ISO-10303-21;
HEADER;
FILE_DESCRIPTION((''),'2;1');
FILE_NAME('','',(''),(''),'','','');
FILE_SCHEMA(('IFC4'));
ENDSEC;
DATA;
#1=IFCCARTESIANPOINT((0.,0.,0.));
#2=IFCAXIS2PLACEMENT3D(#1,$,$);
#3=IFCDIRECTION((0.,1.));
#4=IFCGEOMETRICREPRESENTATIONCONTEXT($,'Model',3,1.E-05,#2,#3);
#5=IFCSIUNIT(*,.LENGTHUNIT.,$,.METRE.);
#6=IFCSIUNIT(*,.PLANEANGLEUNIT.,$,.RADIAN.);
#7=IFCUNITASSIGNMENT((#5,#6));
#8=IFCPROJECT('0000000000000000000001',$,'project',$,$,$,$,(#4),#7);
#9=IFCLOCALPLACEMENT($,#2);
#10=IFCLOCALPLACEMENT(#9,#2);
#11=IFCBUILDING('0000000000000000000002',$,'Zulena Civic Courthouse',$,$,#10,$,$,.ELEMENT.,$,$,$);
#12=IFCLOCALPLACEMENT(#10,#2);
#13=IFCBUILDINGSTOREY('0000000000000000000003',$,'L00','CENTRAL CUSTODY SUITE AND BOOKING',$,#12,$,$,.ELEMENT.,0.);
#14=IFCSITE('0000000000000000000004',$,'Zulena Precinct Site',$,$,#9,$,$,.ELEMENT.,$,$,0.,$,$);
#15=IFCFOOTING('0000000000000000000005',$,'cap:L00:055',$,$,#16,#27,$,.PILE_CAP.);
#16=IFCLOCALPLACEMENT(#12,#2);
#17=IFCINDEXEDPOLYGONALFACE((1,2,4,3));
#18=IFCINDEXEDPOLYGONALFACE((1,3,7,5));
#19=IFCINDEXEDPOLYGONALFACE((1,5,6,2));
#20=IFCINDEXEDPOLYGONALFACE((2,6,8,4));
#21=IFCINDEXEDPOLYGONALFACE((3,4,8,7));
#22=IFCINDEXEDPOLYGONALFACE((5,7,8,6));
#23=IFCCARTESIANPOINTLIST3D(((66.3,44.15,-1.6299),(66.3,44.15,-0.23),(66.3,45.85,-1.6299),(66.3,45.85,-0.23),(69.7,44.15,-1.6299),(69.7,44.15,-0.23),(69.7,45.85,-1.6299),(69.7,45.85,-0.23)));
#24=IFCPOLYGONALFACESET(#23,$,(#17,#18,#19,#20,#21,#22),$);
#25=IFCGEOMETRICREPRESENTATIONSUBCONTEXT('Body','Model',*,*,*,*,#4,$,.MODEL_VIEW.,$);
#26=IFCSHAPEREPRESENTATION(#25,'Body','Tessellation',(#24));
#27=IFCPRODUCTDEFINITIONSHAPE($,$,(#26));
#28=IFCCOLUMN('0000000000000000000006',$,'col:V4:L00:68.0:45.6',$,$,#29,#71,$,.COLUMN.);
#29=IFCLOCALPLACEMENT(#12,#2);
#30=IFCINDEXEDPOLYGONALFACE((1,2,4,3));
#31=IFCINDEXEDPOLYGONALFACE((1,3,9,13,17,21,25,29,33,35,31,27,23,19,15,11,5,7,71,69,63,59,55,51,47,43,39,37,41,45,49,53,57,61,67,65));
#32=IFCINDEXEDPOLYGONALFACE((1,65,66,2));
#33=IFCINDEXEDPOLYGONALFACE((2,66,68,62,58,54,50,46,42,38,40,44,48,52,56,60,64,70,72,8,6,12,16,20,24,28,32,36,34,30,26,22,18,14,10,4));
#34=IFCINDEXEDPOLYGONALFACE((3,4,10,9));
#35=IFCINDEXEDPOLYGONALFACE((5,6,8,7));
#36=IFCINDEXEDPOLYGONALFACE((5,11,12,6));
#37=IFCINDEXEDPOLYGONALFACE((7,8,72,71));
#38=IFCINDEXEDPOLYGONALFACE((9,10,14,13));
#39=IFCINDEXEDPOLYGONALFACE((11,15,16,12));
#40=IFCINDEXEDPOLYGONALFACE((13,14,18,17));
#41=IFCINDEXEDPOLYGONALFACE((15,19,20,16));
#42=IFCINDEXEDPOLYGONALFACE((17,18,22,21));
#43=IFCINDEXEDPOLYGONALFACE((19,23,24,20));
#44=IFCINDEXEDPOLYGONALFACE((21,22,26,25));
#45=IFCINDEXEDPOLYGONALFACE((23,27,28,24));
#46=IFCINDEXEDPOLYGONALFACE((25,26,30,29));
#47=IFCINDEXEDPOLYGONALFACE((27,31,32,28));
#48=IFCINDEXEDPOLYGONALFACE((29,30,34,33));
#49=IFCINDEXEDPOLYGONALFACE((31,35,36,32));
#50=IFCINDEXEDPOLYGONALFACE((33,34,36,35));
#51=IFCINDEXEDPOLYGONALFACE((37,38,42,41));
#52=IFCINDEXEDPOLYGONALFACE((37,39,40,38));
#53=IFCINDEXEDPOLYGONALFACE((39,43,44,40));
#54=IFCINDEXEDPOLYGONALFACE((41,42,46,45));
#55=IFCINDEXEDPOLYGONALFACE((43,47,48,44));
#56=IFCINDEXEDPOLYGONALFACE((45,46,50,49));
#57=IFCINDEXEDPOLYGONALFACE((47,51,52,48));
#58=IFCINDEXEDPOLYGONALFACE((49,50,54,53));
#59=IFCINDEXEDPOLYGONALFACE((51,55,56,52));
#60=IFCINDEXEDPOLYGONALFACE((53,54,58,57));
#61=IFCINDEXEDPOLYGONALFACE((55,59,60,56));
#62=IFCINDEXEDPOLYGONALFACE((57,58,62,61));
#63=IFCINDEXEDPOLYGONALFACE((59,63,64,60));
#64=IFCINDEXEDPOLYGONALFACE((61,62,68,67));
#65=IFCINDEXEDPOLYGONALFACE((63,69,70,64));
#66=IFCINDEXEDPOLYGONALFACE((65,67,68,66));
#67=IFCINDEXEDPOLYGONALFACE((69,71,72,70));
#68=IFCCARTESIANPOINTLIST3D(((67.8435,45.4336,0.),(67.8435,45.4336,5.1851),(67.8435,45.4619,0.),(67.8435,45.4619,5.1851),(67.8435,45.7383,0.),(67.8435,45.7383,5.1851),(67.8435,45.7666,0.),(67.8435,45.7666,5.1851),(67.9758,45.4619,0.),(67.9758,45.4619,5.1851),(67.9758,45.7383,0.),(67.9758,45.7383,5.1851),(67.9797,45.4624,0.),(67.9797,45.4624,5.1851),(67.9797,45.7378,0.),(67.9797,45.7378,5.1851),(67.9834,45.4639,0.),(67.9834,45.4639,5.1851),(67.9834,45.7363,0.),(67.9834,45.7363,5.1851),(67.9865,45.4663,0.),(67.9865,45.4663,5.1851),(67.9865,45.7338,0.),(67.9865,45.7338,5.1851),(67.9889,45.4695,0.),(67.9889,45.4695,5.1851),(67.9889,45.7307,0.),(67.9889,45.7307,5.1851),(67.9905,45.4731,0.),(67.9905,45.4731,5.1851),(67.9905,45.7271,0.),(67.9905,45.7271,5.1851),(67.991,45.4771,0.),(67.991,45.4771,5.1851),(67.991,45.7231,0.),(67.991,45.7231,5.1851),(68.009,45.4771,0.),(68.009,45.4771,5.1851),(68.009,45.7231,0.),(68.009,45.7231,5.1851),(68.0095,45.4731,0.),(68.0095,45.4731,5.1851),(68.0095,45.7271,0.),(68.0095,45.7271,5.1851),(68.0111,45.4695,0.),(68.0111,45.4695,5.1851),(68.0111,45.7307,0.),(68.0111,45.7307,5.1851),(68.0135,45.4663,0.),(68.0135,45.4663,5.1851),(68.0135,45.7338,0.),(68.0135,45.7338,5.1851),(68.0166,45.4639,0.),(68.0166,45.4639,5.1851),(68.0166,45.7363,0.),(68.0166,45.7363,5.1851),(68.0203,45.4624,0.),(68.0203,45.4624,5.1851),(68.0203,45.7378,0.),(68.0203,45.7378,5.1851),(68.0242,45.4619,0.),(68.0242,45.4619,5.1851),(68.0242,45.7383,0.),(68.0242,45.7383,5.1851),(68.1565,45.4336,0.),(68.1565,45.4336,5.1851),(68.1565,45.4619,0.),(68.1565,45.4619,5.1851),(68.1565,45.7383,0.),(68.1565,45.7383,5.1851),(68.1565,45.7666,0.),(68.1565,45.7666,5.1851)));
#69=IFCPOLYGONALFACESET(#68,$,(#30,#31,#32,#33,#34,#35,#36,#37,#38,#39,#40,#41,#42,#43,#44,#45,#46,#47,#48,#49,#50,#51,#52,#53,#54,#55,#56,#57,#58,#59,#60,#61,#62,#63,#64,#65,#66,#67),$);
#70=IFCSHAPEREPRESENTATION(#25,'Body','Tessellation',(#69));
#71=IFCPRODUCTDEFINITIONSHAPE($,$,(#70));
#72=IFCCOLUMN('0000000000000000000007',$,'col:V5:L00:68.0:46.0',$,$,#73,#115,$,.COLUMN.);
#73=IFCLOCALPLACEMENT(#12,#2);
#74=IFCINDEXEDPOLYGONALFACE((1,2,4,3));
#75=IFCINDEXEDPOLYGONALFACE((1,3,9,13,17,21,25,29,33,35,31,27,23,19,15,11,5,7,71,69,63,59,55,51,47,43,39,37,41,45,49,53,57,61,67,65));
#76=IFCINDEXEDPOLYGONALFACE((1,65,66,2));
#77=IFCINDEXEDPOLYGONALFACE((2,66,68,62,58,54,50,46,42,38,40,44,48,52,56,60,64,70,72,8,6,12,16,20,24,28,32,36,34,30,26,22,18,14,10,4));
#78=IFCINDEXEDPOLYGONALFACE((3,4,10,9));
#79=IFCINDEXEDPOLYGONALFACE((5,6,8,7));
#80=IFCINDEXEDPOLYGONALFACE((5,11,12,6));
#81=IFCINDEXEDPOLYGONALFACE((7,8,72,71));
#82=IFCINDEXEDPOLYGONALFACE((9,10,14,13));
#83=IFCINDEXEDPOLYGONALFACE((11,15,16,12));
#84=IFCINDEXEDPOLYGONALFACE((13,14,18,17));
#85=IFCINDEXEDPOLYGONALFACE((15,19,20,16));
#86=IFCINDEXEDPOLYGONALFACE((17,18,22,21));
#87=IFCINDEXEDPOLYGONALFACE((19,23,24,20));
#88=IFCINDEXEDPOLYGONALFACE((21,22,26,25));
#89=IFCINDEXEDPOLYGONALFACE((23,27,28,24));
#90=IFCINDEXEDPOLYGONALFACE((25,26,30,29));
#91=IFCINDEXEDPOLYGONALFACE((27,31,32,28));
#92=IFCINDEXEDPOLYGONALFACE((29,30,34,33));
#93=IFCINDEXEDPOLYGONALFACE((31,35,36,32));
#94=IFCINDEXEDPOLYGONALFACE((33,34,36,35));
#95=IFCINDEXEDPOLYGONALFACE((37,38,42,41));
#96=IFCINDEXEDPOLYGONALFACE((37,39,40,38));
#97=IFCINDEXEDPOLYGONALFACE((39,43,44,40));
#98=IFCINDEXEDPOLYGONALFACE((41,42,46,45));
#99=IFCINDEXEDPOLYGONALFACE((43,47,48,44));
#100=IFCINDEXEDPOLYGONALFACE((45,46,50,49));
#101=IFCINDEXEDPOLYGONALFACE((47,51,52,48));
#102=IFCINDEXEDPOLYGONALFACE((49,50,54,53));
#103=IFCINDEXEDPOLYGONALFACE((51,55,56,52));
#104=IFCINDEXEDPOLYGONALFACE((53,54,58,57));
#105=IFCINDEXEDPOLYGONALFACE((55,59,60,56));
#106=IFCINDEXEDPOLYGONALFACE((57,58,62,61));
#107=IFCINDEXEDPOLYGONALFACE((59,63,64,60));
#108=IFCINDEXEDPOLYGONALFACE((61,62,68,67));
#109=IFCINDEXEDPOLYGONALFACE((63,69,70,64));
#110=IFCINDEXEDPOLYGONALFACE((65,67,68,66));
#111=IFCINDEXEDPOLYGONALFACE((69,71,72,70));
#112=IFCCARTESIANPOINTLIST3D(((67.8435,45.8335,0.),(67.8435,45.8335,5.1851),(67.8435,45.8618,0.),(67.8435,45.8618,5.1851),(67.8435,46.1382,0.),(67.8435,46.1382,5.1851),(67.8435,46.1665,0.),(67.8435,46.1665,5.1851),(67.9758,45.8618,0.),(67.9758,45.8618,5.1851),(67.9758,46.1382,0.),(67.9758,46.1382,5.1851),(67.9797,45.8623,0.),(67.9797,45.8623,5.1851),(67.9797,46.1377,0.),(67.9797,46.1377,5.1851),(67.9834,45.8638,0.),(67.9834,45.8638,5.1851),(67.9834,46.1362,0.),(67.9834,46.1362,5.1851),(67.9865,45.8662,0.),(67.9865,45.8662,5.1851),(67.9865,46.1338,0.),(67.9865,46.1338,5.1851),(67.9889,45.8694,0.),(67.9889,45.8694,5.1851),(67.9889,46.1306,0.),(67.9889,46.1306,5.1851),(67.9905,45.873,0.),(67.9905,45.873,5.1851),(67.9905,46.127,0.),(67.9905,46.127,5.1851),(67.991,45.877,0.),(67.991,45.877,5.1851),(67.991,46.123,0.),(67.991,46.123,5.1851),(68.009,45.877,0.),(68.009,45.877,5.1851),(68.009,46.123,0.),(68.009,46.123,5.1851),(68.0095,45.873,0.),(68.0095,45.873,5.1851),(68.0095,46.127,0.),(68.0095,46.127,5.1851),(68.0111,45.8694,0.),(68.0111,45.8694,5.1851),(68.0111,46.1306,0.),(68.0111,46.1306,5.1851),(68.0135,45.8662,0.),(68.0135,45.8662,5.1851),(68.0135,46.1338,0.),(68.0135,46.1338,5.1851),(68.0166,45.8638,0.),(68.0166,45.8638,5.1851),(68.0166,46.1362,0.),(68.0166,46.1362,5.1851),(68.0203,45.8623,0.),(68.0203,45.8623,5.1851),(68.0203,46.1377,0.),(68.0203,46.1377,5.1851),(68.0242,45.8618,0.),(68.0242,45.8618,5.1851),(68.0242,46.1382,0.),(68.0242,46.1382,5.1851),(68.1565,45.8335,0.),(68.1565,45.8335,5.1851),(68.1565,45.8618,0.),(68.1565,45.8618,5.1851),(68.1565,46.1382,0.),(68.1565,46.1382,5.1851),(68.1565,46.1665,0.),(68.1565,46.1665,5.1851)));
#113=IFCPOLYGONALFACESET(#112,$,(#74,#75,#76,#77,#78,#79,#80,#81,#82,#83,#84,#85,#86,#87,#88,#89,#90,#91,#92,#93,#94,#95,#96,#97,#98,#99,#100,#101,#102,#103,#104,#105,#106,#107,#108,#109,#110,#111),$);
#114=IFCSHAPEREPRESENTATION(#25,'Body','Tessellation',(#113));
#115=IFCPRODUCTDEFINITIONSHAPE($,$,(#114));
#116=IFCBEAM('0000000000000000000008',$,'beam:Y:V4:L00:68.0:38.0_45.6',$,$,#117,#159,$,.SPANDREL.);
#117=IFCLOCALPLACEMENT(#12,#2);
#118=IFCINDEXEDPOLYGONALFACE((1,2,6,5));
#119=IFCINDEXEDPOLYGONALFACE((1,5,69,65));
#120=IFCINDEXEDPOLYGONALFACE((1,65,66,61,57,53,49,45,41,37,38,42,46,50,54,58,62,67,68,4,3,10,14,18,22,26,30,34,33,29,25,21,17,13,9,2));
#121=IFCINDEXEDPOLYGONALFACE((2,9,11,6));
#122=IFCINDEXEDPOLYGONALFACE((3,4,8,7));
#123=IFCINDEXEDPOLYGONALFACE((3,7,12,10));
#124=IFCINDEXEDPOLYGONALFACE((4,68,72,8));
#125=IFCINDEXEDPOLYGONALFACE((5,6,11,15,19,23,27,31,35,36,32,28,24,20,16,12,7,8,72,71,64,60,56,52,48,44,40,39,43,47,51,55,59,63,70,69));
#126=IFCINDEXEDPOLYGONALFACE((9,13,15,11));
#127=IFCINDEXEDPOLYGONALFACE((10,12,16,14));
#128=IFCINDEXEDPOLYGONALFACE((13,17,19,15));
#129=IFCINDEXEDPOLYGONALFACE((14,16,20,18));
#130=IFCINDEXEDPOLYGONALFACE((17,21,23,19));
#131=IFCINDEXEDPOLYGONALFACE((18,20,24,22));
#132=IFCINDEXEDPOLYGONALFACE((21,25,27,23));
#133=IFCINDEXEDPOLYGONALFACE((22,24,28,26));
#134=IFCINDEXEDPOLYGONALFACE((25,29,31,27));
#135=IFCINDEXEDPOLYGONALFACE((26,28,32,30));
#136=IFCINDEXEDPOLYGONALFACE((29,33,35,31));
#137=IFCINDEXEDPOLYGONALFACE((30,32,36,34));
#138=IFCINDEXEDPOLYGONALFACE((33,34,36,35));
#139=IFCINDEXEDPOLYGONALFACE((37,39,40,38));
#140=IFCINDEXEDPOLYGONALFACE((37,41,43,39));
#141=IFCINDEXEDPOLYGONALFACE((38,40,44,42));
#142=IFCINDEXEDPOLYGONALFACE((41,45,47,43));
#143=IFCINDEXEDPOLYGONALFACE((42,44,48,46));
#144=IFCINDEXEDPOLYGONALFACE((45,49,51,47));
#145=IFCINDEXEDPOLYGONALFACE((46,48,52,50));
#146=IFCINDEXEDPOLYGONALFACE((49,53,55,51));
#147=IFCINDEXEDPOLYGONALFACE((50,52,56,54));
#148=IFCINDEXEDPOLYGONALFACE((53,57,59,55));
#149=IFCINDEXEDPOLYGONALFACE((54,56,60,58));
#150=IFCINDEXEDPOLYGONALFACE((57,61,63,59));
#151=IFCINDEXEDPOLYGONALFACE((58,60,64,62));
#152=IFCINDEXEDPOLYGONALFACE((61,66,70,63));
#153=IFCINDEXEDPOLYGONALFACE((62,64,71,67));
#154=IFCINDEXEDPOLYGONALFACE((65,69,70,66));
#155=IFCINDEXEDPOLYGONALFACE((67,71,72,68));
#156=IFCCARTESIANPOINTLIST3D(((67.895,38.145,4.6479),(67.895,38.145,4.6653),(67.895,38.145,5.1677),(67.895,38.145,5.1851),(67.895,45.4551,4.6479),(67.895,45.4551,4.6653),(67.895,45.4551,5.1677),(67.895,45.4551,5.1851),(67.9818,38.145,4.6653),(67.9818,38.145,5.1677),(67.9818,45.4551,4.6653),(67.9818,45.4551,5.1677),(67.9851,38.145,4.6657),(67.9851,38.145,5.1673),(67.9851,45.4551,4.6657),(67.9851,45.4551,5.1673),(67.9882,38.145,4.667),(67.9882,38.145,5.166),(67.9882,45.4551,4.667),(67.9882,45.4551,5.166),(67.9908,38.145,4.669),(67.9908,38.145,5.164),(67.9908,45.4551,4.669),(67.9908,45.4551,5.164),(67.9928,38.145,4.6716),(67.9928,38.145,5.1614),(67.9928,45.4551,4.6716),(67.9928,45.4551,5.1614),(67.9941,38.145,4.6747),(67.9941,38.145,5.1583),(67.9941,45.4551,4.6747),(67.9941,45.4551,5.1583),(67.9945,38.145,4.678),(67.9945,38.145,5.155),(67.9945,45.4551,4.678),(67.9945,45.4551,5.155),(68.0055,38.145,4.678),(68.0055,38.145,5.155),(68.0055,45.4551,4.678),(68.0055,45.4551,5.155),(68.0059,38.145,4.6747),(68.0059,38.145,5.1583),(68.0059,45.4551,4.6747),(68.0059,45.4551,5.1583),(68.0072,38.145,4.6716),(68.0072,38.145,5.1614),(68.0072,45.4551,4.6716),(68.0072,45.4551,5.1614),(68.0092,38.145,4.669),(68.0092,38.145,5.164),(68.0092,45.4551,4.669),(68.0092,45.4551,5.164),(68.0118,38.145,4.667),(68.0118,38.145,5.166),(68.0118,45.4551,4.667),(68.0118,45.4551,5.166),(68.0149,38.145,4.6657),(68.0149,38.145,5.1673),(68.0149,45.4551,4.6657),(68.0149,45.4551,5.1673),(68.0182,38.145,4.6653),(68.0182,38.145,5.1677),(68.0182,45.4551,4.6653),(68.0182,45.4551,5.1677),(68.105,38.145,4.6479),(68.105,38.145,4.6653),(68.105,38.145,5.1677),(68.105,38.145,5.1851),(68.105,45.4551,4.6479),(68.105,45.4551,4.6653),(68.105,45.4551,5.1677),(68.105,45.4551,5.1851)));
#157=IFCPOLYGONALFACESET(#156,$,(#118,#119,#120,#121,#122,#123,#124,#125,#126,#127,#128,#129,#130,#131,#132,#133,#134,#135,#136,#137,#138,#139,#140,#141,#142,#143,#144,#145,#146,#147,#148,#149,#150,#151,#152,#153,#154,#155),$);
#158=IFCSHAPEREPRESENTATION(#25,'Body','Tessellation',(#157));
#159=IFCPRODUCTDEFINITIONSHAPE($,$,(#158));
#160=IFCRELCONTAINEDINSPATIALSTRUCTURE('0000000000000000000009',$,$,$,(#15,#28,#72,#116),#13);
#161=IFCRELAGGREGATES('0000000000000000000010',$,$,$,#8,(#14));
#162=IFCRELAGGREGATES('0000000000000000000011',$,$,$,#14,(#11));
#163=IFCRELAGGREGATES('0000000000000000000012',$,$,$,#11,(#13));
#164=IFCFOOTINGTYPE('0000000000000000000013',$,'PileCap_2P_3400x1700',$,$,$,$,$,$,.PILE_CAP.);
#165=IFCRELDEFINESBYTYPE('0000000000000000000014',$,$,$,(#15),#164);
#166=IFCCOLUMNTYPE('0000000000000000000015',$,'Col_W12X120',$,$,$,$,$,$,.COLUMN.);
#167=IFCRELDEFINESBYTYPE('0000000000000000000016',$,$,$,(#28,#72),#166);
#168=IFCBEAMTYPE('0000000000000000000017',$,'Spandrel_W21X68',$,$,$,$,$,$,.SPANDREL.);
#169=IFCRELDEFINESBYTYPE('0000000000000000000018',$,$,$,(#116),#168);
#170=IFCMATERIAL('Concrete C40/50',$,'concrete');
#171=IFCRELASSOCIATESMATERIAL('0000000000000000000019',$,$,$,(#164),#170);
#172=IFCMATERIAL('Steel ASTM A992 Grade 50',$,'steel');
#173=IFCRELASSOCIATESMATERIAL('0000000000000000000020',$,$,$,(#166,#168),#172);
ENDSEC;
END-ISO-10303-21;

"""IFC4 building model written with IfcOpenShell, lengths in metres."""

from ifc_helpers import new_model, si_unit, direction, frame, origin, origin_2d, place, context, subcontext, project, spatial, rectangle, i_section, extrude, material, material_profile, profile_set, type_object, element, save


model = new_model("IFC4")

# Units and contexts
model_context = context("Model", 3, precision=1e-05, world=origin(), true_north=direction((0.0, 1.0)))
body_context = subcontext(model_context, "Body", "Model", "MODEL_VIEW")
ifc_project = project(units=[si_unit("LENGTHUNIT", "METRE"), si_unit("PLANEANGLEUNIT", "RADIAN")], contexts=[model_context])

# Site, building, storey
site_placement = place(None, origin())
site = spatial("IfcSite", under=ifc_project, at=site_placement, Name="Zulena Precinct Site", CompositionType="ELEMENT", RefElevation=0.0)
building_placement = place(site_placement, origin())
building = spatial("IfcBuilding", under=site, at=building_placement, Name="Zulena Civic Courthouse", CompositionType="ELEMENT")
storey_placement = place(building_placement, origin())
storey = spatial("IfcBuildingStorey", under=building, at=storey_placement, Name="L00", Description="CENTRAL CUSTODY SUITE AND BOOKING", CompositionType="ELEMENT", Elevation=0.0)

# Shared definitions
ifc_material_1 = material(Name="Concrete C40/50", Category="concrete")

# Footing
footing_type_1 = type_object("IfcFootingType", Name="PileCap_2P_3400x1700", PredefinedType="PILE_CAP", material=ifc_material_1)
footing_1_placement = place(storey_placement, frame((68.0, 45.0, -1.6299), z_axis=(0.0, 0.0, 1.0), x_axis=(1.0, 0.0, 0.0)))
element("IfcFooting", 1, at=footing_1_placement, inside=storey, type_object=footing_type_1, Name="cap:L00:055", PredefinedType="PILE_CAP", context=body_context, shape_type="SweptSolid", body=[
    extrude(rectangle(XDim=3.3999, YDim=1.7, at=origin_2d()), origin(), (0.0, 0.0, 1.0), 1.3999),
])

# Columns
ifc_material_2 = material(Name="Steel ASTM A992 Grade 50", Category="steel")
ifc_material_profile_1 = material_profile(ifc_material_2, i_section(OverallWidth=0.313, OverallDepth=0.333, WebThickness=0.0181, FlangeThickness=0.0283, FilletRadius=0.0151, at=origin_2d()), Name="W12X120")
ifc_profile_set_1 = profile_set([ifc_material_profile_1], Name="Steel ASTM A992 Grade 50")
column_type = type_object("IfcColumnType", Name="Col_W12X120", PredefinedType="COLUMN", material=ifc_profile_set_1)
for number, where, z_axis, x_axis, name in (
    (2, (68.0, 45.6001, 0.0), (0.0, 0.0, 1.0), (1.0, 0.0, 0.0), "col:V4:L00:68.0:45.6"),
    (3, (68.0, 46.0, 0.0), (0.0, 0.0, 1.0), (1.0, 0.0, 0.0), "col:V5:L00:68.0:46.0"),
):
    element("IfcColumn", number, at=place(storey_placement, frame(where, z_axis=z_axis, x_axis=x_axis)), inside=storey, type_object=column_type, Name=name, PredefinedType="COLUMN", context=body_context, shape_type="SweptSolid", body=[
        extrude(i_section(OverallWidth=0.313, OverallDepth=0.333, WebThickness=0.0181, FlangeThickness=0.0283, FilletRadius=0.0151, at=origin_2d()), origin(), (0.0, 0.0, 1.0), 5.1851),
    ])

# Beam
ifc_material_profile_2 = material_profile(ifc_material_2, i_section(OverallWidth=0.21, OverallDepth=0.5371, WebThickness=0.011, FlangeThickness=0.0173, FilletRadius=0.0127, at=origin_2d()), Name="W21X68")
ifc_profile_set_2 = profile_set([ifc_material_profile_2], Name="Steel ASTM A992 Grade 50")
beam_type_1 = type_object("IfcBeamType", Name="Spandrel_W21X68", PredefinedType="SPANDREL", material=ifc_profile_set_2)
beam_placement = place(storey_placement, frame((68.0, 38.145, 4.9165), z_axis=(0.0, 1.0, 0.0), x_axis=(-1.0, 0.0, 0.0)))
element("IfcBeam", 4, at=beam_placement, inside=storey, type_object=beam_type_1, Name="beam:Y:V4:L00:68.0:38.0_45.6", PredefinedType="SPANDREL", context=body_context, shape_type="SweptSolid", body=[
    extrude(i_section(OverallWidth=0.21, OverallDepth=0.5371, WebThickness=0.011, FlangeThickness=0.0173, FilletRadius=0.0127, at=origin_2d()), origin(), (0.0, 0.0, 1.0), 7.3101),
])

save(model, "model.ifc")
